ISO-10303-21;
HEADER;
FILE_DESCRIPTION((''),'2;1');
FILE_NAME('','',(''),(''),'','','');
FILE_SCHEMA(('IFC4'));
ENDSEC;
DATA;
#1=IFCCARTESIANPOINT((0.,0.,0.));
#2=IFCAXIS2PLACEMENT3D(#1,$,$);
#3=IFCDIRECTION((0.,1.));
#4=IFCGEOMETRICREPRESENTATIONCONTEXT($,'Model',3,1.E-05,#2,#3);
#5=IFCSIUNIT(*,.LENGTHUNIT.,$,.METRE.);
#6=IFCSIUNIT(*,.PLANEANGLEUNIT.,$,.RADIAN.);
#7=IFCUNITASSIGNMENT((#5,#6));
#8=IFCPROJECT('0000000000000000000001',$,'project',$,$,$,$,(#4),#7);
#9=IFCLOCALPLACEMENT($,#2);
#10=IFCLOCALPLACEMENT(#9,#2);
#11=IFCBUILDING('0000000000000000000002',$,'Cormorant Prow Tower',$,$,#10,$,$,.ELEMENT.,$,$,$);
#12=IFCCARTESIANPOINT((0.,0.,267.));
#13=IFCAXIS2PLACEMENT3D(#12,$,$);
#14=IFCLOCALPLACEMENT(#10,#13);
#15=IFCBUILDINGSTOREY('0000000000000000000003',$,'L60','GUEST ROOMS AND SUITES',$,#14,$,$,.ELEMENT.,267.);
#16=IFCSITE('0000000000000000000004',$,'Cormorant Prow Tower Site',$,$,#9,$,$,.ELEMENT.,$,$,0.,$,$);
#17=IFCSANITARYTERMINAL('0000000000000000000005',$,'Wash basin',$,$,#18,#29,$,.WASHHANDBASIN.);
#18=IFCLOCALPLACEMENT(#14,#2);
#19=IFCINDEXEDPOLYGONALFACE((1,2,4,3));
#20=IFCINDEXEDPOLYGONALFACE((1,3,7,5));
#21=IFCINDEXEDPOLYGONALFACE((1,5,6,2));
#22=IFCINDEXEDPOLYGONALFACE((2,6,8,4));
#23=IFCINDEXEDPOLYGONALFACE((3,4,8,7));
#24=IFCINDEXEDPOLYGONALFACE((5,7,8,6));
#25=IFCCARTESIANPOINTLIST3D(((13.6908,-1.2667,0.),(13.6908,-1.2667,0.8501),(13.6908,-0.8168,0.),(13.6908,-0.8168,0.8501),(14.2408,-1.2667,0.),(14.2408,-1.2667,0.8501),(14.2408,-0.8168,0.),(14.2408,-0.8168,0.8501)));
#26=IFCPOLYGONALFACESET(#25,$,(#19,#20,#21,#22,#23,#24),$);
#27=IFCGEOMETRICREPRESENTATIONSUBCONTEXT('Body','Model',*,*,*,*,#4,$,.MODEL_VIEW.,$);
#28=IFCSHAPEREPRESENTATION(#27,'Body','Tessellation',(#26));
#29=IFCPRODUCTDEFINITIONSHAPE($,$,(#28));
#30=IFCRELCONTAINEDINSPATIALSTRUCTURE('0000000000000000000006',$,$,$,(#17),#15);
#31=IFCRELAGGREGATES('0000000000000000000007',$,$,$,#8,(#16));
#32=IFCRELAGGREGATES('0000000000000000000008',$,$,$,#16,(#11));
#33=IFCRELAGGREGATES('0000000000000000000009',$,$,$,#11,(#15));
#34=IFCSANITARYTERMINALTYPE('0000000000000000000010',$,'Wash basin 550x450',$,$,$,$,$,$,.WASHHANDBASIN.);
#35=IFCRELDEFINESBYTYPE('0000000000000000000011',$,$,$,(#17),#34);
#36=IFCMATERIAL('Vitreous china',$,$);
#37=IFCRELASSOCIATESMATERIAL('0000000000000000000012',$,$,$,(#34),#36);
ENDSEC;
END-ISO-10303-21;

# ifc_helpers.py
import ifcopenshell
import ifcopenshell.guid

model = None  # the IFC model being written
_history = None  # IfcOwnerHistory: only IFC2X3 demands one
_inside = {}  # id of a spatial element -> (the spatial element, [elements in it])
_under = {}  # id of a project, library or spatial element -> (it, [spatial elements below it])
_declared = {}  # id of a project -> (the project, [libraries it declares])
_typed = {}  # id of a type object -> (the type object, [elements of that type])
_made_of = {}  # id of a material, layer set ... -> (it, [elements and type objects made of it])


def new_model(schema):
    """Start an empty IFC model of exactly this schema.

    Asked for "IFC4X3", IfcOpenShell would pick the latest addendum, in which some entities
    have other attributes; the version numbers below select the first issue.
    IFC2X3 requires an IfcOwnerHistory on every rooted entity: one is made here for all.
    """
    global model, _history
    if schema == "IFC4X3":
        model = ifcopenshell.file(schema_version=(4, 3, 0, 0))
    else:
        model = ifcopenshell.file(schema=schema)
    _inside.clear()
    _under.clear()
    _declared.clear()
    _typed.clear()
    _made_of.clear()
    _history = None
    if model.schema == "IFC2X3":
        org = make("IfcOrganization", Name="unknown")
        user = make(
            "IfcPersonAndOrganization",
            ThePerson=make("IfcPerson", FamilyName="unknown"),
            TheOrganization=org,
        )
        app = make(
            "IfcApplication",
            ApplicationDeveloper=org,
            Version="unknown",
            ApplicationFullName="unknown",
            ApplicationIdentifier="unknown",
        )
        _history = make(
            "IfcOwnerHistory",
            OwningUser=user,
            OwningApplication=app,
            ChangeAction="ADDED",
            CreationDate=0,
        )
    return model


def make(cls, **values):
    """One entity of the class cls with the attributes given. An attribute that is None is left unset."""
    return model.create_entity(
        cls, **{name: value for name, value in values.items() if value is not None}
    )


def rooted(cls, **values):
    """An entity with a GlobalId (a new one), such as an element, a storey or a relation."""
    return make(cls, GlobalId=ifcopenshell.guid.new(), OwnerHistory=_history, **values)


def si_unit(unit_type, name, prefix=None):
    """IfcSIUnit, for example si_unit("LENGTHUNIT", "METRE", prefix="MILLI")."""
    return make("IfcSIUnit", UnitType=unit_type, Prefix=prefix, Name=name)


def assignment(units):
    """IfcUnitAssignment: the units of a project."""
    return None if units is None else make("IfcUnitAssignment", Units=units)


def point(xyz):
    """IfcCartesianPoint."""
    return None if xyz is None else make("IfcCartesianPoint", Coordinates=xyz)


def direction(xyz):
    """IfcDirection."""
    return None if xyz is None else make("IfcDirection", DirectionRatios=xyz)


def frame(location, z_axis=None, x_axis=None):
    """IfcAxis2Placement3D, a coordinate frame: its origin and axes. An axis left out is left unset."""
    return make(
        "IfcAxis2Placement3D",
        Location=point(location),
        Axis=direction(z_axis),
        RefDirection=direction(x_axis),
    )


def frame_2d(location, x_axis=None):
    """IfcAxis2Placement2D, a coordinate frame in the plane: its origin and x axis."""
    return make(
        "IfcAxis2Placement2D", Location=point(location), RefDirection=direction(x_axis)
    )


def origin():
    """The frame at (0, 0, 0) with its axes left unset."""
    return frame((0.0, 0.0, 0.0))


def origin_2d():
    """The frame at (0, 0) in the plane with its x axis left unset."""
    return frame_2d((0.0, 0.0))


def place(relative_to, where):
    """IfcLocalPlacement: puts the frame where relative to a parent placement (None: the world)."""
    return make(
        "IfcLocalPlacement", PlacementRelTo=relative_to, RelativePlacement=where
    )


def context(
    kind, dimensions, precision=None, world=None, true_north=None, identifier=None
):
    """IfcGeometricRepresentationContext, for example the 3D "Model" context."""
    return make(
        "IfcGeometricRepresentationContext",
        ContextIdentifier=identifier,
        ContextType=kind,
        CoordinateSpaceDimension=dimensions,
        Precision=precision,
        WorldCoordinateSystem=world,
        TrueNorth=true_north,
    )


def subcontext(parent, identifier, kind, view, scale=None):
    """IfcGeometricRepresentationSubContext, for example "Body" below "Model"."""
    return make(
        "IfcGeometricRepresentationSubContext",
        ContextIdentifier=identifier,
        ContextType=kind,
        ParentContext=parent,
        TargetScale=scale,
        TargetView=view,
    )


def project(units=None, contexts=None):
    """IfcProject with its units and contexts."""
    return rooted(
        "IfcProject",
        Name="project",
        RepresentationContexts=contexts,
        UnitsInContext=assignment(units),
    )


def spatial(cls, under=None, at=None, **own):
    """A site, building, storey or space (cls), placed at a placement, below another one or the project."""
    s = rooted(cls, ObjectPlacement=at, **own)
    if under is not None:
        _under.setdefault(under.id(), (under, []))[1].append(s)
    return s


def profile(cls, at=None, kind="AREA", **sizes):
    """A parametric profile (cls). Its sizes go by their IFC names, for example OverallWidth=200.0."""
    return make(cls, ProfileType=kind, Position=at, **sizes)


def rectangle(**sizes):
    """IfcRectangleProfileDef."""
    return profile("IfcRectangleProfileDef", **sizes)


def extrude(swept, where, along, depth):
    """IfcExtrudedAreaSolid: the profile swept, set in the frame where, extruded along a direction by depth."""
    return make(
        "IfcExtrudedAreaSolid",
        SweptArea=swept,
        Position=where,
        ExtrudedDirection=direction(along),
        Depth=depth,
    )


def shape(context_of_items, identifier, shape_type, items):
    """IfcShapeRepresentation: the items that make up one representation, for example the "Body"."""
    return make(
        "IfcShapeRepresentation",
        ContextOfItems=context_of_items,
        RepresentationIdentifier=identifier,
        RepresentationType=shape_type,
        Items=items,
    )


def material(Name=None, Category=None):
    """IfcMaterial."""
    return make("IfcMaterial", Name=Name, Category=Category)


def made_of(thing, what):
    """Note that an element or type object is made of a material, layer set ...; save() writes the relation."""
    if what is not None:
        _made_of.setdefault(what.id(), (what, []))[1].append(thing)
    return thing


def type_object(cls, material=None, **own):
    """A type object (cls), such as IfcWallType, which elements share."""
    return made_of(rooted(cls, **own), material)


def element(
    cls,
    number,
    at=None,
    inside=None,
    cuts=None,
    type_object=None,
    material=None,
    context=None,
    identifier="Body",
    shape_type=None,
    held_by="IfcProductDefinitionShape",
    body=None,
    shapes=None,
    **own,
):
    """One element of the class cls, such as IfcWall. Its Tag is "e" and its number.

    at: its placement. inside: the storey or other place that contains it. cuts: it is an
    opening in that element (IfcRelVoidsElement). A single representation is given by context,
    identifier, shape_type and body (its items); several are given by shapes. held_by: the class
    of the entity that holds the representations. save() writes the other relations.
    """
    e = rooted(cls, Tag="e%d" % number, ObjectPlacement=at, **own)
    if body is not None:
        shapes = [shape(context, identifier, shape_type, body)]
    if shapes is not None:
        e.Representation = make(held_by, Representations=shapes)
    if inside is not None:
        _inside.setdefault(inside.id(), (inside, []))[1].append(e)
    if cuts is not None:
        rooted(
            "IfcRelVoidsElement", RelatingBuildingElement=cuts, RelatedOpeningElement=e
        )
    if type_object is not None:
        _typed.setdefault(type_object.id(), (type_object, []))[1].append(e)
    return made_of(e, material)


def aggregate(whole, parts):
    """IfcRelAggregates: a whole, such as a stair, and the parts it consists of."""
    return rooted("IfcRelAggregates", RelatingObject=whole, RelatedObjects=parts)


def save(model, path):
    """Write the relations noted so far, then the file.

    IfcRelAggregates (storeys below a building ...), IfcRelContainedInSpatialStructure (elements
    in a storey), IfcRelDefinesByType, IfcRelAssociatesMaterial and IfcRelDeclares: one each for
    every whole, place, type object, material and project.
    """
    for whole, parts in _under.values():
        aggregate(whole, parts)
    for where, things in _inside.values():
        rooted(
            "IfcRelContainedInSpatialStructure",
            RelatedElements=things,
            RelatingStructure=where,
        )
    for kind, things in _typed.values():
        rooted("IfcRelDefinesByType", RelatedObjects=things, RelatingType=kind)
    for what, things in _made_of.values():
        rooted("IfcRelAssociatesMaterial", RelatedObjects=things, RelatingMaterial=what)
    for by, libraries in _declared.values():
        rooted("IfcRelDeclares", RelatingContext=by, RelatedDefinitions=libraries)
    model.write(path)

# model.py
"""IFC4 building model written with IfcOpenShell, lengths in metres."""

from ifc_helpers import new_model, si_unit, direction, frame, origin, origin_2d, place, context, subcontext, project, spatial, rectangle, extrude, material, type_object, element, save


model = new_model("IFC4")

# Units and contexts
model_context = context("Model", 3, precision=1e-05, world=origin(), true_north=direction((0.0, 1.0)))
body_context = subcontext(model_context, "Body", "Model", "MODEL_VIEW")
ifc_project = project(units=[si_unit("LENGTHUNIT", "METRE"), si_unit("PLANEANGLEUNIT", "RADIAN")], contexts=[model_context])

# Site, building, storey
site_placement = place(None, origin())
site = spatial("IfcSite", under=ifc_project, at=site_placement, Name="Cormorant Prow Tower Site", CompositionType="ELEMENT", RefElevation=0.0)
building_placement = place(site_placement, origin())
building = spatial("IfcBuilding", under=site, at=building_placement, Name="Cormorant Prow Tower", CompositionType="ELEMENT")
storey_placement = place(building_placement, frame((0.0, 0.0, 267.0)))
storey = spatial("IfcBuildingStorey", under=building, at=storey_placement, Name="L60", Description="GUEST ROOMS AND SUITES", CompositionType="ELEMENT", Elevation=267.0)

# Sanitary terminal
ifc_material_1 = material(Name="Vitreous china")
sanitary_terminal_type = type_object("IfcSanitaryTerminalType", Name="Wash basin 550x450", PredefinedType="WASHHANDBASIN", material=ifc_material_1)
sanitary_terminal_placement = place(storey_placement, frame((13.9658, -1.0417, 0.0), z_axis=(0.0, 0.0, 1.0), x_axis=(1.0, 0.0, 0.0)))
element("IfcSanitaryTerminal", 1, at=sanitary_terminal_placement, inside=storey, type_object=sanitary_terminal_type, Name="Wash basin", PredefinedType="WASHHANDBASIN", context=body_context, shape_type="SweptSolid", body=[
    extrude(rectangle(XDim=0.55, YDim=0.45, at=origin_2d()), origin(), (0.0, 0.0, 1.0), 0.8501),
])

save(model, "model.ifc")
